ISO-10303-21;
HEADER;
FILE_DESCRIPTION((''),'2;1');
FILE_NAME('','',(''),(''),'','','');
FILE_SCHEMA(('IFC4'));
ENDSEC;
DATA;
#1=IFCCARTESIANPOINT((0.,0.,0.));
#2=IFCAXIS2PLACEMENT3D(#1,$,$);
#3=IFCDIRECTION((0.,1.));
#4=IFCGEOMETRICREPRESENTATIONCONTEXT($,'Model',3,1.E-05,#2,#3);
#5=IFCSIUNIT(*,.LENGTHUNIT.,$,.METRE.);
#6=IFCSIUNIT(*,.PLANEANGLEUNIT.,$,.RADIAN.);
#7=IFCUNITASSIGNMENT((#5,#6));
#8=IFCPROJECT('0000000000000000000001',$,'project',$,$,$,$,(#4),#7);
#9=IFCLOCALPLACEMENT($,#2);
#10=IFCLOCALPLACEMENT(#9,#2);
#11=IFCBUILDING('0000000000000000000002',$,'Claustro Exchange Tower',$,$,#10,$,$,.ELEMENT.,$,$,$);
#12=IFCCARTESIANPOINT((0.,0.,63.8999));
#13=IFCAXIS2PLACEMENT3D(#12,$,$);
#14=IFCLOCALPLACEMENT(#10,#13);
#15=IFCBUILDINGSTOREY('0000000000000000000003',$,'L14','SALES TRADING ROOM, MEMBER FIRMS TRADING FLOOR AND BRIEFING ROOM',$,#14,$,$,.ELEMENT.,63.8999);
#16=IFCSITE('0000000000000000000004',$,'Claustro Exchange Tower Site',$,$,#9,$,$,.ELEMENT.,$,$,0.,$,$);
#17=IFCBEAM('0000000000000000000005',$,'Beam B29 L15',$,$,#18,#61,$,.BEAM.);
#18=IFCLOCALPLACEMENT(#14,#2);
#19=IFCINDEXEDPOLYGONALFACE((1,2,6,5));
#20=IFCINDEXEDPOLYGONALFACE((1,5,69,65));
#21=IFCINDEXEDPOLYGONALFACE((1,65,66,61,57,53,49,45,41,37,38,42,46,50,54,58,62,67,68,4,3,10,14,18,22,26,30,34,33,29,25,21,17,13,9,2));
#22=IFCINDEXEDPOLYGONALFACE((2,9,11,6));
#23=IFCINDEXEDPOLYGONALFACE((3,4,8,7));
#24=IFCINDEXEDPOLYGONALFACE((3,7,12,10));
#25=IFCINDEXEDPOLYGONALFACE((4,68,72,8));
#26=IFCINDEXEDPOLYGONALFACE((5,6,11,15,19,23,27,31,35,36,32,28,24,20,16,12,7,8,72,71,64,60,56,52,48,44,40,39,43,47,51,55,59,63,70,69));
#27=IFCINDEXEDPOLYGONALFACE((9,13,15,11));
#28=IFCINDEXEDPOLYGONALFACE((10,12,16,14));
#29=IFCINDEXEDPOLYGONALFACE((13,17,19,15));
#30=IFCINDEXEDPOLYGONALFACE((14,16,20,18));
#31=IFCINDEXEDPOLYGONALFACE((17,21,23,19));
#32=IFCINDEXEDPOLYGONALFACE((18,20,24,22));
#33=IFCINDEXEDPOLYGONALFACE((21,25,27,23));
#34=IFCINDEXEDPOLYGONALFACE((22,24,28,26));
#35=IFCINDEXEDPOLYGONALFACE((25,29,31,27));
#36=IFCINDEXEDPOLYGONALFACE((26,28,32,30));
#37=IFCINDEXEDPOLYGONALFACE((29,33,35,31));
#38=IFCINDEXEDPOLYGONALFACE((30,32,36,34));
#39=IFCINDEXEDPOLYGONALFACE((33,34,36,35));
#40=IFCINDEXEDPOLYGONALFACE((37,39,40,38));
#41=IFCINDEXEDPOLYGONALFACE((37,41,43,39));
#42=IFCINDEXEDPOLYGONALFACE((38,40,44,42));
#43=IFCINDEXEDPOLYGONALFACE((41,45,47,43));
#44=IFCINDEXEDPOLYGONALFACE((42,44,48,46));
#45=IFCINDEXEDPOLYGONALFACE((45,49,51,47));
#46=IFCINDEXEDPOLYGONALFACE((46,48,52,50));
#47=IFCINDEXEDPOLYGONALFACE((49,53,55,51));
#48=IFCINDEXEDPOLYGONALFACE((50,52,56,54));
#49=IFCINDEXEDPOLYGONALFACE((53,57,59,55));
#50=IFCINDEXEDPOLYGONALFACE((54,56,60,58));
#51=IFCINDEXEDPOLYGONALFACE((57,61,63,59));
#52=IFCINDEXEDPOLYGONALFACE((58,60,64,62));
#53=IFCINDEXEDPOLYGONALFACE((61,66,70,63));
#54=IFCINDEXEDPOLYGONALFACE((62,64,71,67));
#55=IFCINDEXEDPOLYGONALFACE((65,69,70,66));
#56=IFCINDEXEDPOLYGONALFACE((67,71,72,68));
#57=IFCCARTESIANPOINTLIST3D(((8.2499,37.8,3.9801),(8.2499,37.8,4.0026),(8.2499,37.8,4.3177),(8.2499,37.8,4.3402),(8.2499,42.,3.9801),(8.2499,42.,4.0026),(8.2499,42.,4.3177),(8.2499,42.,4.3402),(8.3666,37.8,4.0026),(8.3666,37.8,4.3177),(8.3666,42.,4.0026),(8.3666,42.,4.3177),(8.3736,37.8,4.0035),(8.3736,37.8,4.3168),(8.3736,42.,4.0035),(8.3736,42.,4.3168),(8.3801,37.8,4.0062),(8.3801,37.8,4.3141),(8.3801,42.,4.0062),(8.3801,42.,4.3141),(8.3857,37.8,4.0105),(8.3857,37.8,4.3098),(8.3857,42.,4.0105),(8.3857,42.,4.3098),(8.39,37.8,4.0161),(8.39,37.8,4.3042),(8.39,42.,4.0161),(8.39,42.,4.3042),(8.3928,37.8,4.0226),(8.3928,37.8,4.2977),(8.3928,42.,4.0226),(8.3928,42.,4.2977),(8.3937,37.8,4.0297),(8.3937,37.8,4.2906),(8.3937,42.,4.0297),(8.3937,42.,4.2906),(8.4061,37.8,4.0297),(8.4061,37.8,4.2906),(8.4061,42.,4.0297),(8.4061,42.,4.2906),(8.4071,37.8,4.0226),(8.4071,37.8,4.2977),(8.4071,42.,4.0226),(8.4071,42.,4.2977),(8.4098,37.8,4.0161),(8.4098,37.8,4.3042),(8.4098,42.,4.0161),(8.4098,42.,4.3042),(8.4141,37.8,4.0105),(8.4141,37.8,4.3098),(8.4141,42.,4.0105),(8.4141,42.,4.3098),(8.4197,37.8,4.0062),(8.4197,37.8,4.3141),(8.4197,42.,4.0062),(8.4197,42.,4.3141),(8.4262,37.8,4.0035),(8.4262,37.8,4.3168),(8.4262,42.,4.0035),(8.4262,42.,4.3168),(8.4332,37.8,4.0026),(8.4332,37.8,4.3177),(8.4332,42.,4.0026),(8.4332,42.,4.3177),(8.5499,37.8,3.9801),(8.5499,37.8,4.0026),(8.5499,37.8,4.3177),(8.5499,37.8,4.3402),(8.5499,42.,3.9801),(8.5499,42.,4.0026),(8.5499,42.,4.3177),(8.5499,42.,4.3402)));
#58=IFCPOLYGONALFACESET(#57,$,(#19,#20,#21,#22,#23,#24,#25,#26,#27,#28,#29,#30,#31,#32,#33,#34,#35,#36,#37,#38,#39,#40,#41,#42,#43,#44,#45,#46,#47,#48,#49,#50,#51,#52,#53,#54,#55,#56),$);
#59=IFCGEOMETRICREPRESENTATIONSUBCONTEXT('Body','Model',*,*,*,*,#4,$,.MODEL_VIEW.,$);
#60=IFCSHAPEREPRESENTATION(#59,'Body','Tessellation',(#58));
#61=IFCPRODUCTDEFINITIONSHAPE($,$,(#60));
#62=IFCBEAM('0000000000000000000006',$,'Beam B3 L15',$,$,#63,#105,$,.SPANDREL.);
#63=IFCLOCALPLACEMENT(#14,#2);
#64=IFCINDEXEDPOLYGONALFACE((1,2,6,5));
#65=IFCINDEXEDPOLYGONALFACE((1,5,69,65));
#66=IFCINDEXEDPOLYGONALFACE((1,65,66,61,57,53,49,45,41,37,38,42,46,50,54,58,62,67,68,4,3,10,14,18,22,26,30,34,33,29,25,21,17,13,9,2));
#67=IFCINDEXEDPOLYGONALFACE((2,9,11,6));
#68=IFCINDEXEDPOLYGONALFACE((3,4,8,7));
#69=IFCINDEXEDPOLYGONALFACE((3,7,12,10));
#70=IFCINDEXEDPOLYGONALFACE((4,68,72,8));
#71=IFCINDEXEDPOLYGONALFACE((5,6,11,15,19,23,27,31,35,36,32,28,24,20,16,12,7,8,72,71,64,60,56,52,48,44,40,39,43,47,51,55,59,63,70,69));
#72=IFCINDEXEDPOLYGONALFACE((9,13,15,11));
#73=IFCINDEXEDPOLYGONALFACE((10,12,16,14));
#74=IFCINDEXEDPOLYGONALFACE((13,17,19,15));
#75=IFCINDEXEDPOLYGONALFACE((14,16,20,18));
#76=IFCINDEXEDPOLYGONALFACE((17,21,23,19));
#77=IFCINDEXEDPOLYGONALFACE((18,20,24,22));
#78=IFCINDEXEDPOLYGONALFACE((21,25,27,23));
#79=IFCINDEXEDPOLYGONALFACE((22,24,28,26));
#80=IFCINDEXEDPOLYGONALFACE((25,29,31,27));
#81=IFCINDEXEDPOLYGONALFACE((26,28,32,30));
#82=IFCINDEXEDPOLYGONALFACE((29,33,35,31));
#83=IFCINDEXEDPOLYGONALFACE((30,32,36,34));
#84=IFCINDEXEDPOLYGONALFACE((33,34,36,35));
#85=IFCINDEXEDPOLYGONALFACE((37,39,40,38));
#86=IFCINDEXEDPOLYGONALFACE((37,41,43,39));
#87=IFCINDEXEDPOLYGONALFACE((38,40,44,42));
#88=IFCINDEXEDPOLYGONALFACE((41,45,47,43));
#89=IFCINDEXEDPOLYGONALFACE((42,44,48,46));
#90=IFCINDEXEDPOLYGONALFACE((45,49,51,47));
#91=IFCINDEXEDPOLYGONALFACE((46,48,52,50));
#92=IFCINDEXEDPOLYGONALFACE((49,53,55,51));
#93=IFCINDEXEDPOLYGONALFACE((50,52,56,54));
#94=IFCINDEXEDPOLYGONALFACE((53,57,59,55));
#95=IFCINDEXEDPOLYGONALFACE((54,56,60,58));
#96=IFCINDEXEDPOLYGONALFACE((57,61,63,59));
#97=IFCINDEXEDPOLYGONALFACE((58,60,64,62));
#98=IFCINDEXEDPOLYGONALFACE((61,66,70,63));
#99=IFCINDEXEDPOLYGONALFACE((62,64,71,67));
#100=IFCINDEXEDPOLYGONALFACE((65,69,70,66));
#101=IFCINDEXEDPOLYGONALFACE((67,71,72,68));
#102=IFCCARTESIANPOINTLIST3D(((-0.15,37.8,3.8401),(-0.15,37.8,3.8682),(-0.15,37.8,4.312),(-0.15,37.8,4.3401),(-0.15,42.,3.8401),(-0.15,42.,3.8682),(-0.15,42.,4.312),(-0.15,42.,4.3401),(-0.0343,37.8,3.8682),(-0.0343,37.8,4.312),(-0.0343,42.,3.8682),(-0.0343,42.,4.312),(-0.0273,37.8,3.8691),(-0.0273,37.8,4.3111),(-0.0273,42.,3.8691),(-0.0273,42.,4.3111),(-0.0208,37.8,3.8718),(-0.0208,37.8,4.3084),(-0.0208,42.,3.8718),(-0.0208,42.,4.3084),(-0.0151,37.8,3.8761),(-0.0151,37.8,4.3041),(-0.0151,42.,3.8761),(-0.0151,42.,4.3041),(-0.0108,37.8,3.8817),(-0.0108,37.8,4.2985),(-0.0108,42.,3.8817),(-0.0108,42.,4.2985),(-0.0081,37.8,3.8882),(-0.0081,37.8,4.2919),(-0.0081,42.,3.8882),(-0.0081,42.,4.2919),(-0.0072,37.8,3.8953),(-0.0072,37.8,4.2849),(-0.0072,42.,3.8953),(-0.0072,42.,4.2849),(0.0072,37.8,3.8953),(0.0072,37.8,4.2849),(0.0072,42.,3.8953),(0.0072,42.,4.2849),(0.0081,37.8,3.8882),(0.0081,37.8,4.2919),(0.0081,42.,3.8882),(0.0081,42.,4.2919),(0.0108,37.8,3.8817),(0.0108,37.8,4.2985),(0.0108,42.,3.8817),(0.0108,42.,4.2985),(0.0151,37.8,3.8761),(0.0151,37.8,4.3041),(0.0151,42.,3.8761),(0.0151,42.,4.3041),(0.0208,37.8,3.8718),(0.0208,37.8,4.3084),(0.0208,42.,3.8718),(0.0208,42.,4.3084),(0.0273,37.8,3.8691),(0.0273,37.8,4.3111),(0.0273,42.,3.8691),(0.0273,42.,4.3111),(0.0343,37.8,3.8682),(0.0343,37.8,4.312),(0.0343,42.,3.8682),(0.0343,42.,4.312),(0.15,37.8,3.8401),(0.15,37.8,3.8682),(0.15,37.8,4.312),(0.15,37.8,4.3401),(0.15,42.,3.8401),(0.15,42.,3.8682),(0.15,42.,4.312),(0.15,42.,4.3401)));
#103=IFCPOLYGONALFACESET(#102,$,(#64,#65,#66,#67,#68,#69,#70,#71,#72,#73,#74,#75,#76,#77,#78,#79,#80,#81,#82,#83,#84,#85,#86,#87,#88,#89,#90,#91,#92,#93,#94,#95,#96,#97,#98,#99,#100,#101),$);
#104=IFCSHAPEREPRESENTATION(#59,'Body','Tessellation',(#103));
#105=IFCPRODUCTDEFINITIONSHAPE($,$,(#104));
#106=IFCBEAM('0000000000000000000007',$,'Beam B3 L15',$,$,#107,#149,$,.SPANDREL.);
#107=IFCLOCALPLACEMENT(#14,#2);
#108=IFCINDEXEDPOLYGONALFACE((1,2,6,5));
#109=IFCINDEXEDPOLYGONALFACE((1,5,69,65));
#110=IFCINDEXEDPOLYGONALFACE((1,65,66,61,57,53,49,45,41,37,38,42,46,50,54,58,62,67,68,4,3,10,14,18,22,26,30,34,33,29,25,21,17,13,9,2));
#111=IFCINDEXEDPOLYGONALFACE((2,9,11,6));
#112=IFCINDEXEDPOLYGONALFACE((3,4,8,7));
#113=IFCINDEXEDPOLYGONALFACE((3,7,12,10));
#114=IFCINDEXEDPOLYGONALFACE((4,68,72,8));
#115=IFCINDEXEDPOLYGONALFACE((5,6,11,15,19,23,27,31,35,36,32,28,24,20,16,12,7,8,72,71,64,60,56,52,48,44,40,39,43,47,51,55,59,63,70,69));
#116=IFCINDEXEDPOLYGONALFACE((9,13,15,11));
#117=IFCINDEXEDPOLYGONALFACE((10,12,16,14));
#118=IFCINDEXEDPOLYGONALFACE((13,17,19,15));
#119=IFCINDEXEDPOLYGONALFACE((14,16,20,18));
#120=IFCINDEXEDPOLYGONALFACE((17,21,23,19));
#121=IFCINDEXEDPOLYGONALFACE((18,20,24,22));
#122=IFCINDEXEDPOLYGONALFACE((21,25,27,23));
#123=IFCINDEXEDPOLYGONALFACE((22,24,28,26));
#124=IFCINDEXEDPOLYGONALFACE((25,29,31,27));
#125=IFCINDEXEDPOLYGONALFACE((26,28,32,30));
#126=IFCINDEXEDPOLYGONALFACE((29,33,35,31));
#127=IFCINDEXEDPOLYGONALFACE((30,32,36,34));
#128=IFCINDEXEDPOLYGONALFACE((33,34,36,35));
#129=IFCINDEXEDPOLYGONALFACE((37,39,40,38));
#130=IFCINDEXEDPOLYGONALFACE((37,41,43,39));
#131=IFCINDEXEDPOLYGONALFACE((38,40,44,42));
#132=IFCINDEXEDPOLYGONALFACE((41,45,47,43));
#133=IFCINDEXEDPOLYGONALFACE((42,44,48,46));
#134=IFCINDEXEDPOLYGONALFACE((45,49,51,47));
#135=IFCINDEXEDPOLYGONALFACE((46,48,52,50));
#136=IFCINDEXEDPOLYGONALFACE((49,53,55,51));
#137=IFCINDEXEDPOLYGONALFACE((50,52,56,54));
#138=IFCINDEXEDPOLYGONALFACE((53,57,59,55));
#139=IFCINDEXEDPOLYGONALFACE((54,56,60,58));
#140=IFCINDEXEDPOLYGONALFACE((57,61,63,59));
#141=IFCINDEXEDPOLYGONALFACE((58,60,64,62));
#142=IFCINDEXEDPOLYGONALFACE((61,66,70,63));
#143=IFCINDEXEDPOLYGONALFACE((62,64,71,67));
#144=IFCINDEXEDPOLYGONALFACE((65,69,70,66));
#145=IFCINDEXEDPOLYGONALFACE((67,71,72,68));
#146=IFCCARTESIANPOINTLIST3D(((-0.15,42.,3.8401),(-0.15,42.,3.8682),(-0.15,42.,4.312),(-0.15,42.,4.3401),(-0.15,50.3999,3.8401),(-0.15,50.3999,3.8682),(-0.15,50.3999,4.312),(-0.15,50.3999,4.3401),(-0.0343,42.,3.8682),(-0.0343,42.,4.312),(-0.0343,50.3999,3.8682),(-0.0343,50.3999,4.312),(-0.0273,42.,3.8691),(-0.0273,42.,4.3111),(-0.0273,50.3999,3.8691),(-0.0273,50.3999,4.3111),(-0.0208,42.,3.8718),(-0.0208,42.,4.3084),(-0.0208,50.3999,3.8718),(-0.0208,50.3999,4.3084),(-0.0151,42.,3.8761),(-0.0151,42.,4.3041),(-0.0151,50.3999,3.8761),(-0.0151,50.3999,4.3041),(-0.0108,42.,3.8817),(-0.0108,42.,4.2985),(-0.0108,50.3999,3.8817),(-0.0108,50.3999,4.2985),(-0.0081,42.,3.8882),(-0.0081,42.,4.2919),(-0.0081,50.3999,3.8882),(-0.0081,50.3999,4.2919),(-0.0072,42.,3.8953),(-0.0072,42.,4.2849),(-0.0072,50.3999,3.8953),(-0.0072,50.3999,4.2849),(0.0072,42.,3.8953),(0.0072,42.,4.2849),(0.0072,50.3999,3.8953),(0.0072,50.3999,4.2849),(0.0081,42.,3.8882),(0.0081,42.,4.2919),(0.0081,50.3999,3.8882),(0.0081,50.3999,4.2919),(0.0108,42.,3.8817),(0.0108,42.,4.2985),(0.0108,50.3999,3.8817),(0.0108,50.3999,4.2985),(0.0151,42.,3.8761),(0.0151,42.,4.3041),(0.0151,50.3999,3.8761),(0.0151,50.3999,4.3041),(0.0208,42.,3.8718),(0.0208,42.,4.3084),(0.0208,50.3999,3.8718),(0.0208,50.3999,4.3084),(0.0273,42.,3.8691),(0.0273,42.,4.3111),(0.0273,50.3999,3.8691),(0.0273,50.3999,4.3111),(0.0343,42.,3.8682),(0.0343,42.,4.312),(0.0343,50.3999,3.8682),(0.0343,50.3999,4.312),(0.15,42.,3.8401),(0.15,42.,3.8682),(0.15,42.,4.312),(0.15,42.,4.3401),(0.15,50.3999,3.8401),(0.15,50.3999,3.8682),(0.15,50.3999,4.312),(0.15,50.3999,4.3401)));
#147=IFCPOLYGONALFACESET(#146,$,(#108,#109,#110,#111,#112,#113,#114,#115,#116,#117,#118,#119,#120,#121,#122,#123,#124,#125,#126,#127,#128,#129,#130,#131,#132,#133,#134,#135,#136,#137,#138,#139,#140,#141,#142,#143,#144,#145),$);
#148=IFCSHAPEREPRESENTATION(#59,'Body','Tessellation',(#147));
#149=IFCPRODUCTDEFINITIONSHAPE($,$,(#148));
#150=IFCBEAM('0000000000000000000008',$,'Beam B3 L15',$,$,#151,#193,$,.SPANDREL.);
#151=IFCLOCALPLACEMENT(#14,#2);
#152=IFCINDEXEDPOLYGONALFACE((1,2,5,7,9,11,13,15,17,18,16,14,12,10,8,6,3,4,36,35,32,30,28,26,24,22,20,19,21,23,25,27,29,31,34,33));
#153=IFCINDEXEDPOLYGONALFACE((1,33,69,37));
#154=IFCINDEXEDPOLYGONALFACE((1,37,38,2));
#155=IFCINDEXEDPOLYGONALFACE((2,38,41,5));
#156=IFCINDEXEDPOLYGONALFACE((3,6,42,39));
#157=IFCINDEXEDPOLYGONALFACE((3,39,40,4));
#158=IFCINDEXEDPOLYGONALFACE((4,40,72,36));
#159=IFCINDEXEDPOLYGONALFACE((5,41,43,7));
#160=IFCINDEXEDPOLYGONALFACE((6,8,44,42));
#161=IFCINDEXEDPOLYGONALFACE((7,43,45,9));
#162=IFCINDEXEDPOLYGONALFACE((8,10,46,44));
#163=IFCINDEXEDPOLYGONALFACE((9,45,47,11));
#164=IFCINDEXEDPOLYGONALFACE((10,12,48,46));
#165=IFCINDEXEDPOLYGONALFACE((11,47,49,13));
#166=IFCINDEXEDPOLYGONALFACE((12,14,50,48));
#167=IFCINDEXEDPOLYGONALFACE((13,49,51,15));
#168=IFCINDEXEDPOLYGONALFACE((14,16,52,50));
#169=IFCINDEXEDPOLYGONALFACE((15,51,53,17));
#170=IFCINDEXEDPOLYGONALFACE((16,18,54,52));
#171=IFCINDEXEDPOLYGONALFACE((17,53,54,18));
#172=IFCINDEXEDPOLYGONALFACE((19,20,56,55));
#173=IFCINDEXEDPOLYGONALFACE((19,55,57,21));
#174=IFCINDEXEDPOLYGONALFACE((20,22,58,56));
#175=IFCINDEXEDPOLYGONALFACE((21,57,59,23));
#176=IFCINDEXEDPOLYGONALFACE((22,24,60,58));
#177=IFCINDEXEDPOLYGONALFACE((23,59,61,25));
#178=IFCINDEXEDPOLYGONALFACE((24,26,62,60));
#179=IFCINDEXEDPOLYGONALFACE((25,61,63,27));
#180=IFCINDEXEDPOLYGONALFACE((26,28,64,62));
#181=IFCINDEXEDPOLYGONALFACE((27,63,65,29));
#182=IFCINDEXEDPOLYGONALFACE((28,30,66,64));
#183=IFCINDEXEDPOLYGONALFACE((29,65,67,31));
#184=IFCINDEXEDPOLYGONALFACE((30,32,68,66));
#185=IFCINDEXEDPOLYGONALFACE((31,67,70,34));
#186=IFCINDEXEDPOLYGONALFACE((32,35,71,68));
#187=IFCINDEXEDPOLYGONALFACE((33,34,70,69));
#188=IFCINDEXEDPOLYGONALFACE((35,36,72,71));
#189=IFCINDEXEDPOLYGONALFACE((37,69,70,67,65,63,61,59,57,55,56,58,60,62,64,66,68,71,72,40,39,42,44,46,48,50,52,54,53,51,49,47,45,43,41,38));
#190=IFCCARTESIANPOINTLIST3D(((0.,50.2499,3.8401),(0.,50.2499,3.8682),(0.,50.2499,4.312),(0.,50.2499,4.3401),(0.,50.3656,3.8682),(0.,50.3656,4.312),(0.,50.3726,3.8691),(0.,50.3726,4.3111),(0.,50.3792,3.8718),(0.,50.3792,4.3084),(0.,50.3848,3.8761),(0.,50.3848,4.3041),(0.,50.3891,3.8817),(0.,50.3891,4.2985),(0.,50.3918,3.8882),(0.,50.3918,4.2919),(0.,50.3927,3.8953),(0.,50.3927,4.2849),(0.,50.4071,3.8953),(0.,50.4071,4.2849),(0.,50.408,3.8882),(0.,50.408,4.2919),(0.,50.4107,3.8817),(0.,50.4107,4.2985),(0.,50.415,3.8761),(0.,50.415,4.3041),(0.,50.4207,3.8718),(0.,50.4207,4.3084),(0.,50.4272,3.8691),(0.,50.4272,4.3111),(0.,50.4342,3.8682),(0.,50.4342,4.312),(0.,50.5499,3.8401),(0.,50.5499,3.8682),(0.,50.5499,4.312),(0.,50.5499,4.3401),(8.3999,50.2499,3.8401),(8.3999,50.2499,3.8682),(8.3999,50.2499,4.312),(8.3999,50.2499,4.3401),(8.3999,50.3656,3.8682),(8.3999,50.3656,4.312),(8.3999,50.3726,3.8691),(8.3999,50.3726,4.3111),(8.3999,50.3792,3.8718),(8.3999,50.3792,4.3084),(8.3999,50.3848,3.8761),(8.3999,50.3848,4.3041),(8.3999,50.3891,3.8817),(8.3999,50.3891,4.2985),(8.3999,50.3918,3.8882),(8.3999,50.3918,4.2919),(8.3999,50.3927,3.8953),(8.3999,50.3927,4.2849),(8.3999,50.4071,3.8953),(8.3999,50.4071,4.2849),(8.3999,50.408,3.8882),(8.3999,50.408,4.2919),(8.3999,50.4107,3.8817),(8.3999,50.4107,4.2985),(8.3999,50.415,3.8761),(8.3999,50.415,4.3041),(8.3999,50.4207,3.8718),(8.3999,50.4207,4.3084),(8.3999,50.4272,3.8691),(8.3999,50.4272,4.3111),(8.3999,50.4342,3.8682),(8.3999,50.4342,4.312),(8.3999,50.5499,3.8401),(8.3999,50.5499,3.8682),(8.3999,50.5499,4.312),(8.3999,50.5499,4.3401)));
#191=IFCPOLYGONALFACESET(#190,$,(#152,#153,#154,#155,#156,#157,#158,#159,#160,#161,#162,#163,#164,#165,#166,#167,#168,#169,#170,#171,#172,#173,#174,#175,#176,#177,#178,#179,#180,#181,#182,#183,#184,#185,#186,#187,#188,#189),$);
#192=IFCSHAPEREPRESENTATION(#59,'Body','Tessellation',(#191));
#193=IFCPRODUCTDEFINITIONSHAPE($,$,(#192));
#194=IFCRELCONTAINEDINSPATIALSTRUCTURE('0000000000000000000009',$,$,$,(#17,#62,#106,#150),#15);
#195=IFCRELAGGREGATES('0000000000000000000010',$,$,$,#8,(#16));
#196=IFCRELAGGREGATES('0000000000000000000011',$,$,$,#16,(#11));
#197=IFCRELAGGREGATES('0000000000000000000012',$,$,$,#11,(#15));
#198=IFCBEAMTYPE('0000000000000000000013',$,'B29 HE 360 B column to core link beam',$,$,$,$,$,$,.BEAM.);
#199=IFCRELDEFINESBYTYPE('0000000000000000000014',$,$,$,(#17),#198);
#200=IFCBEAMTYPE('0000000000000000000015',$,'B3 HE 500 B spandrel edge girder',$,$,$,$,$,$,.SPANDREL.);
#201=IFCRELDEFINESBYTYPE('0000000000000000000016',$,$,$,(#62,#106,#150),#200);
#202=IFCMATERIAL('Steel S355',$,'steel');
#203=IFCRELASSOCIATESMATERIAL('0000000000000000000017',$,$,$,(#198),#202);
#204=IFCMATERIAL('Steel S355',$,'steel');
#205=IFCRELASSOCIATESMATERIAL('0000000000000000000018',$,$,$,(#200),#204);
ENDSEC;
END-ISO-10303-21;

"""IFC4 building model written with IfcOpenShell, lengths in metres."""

from ifc_helpers import new_model, si_unit, direction, frame, origin, origin_2d, place, context, subcontext, project, spatial, i_section, extrude, material, material_profile, profile_set, type_object, element, save


model = new_model("IFC4")

# Units and contexts
model_context = context("Model", 3, precision=1e-05, world=origin(), true_north=direction((0.0, 1.0)))
body_context = subcontext(model_context, "Body", "Model", "MODEL_VIEW")
ifc_project = project(units=[si_unit("LENGTHUNIT", "METRE"), si_unit("PLANEANGLEUNIT", "RADIAN")], contexts=[model_context])

# Site, building, storey
site_placement = place(None, origin())
site = spatial("IfcSite", under=ifc_project, at=site_placement, Name="Claustro Exchange Tower Site", CompositionType="ELEMENT", RefElevation=0.0)
building_placement = place(site_placement, origin())
building = spatial("IfcBuilding", under=site, at=building_placement, Name="Claustro Exchange Tower", CompositionType="ELEMENT")
storey_placement = place(building_placement, frame((0.0, 0.0, 63.8999)))
storey = spatial("IfcBuildingStorey", under=building, at=storey_placement, Name="L14", Description="SALES TRADING ROOM, MEMBER FIRMS TRADING FLOOR AND BRIEFING ROOM", CompositionType="ELEMENT", Elevation=63.8999)

# Beams
ifc_material_1 = material(Name="Steel S355", Category="steel")
ifc_material_profile_1 = material_profile(ifc_material_1, i_section(OverallWidth=0.3, OverallDepth=0.3601, WebThickness=0.0125, FlangeThickness=0.0225, FilletRadius=0.0271, at=origin_2d()), Name="HE 360 B")
ifc_profile_set_1 = profile_set([ifc_material_profile_1], Name="Steel S355")
beam_type_1 = type_object("IfcBeamType", Name="B29 HE 360 B column to core link beam", PredefinedType="BEAM", material=ifc_profile_set_1)
beam_1_placement = place(storey_placement, frame((8.3999, 37.8, 4.1602), z_axis=(0.0, 1.0, 0.0), x_axis=(-1.0, 0.0, 0.0)))
element("IfcBeam", 1, at=beam_1_placement, inside=storey, type_object=beam_type_1, Name="Beam B29 L15", PredefinedType="BEAM", context=body_context, shape_type="SweptSolid", body=[
    extrude(i_section(OverallWidth=0.3, OverallDepth=0.3601, WebThickness=0.0125, FlangeThickness=0.0225, FilletRadius=0.0271, at=origin_2d()), origin(), (0.0, 0.0, 1.0), 4.2),
])
ifc_material_2 = material(Name="Steel S355", Category="steel")
ifc_material_profile_2 = material_profile(ifc_material_2, i_section(OverallWidth=0.3, OverallDepth=0.5, WebThickness=0.0144, FlangeThickness=0.0281, FilletRadius=0.0271, at=origin_2d()), Name="HE 500 B")
ifc_profile_set_2 = profile_set([ifc_material_profile_2], Name="Steel S355")
beam_type_2 = type_object("IfcBeamType", Name="B3 HE 500 B spandrel edge girder", PredefinedType="SPANDREL", material=ifc_profile_set_2)
beam_2_placement = place(storey_placement, frame((0.0, 37.8, 4.0901), z_axis=(0.0, 1.0, 0.0), x_axis=(-1.0, 0.0, 0.0)))
element("IfcBeam", 2, at=beam_2_placement, inside=storey, type_object=beam_type_2, Name="Beam B3 L15", PredefinedType="SPANDREL", context=body_context, shape_type="SweptSolid", body=[
    extrude(i_section(OverallWidth=0.3, OverallDepth=0.5, WebThickness=0.0144, FlangeThickness=0.0281, FilletRadius=0.0271, at=origin_2d()), origin(), (0.0, 0.0, 1.0), 4.2),
])
for number, where, z_axis, x_axis, name in (
    (3, (0.0, 42.0, 4.0901), (0.0, 1.0, 0.0), (-1.0, 0.0, 0.0), "Beam B3 L15"),
    (4, (0.0, 50.3999, 4.0901), (1.0, 0.0, 0.0), (0.0, 1.0, 0.0), "Beam B3 L15"),
):
    element("IfcBeam", number, at=place(storey_placement, frame(where, z_axis=z_axis, x_axis=x_axis)), inside=storey, type_object=beam_type_2, Name=name, PredefinedType="SPANDREL", context=body_context, shape_type="SweptSolid", body=[
        extrude(i_section(OverallWidth=0.3, OverallDepth=0.5, WebThickness=0.0144, FlangeThickness=0.0281, FilletRadius=0.0271, at=origin_2d()), origin(), (0.0, 0.0, 1.0), 8.3999),
    ])

save(model, "model.ifc")
